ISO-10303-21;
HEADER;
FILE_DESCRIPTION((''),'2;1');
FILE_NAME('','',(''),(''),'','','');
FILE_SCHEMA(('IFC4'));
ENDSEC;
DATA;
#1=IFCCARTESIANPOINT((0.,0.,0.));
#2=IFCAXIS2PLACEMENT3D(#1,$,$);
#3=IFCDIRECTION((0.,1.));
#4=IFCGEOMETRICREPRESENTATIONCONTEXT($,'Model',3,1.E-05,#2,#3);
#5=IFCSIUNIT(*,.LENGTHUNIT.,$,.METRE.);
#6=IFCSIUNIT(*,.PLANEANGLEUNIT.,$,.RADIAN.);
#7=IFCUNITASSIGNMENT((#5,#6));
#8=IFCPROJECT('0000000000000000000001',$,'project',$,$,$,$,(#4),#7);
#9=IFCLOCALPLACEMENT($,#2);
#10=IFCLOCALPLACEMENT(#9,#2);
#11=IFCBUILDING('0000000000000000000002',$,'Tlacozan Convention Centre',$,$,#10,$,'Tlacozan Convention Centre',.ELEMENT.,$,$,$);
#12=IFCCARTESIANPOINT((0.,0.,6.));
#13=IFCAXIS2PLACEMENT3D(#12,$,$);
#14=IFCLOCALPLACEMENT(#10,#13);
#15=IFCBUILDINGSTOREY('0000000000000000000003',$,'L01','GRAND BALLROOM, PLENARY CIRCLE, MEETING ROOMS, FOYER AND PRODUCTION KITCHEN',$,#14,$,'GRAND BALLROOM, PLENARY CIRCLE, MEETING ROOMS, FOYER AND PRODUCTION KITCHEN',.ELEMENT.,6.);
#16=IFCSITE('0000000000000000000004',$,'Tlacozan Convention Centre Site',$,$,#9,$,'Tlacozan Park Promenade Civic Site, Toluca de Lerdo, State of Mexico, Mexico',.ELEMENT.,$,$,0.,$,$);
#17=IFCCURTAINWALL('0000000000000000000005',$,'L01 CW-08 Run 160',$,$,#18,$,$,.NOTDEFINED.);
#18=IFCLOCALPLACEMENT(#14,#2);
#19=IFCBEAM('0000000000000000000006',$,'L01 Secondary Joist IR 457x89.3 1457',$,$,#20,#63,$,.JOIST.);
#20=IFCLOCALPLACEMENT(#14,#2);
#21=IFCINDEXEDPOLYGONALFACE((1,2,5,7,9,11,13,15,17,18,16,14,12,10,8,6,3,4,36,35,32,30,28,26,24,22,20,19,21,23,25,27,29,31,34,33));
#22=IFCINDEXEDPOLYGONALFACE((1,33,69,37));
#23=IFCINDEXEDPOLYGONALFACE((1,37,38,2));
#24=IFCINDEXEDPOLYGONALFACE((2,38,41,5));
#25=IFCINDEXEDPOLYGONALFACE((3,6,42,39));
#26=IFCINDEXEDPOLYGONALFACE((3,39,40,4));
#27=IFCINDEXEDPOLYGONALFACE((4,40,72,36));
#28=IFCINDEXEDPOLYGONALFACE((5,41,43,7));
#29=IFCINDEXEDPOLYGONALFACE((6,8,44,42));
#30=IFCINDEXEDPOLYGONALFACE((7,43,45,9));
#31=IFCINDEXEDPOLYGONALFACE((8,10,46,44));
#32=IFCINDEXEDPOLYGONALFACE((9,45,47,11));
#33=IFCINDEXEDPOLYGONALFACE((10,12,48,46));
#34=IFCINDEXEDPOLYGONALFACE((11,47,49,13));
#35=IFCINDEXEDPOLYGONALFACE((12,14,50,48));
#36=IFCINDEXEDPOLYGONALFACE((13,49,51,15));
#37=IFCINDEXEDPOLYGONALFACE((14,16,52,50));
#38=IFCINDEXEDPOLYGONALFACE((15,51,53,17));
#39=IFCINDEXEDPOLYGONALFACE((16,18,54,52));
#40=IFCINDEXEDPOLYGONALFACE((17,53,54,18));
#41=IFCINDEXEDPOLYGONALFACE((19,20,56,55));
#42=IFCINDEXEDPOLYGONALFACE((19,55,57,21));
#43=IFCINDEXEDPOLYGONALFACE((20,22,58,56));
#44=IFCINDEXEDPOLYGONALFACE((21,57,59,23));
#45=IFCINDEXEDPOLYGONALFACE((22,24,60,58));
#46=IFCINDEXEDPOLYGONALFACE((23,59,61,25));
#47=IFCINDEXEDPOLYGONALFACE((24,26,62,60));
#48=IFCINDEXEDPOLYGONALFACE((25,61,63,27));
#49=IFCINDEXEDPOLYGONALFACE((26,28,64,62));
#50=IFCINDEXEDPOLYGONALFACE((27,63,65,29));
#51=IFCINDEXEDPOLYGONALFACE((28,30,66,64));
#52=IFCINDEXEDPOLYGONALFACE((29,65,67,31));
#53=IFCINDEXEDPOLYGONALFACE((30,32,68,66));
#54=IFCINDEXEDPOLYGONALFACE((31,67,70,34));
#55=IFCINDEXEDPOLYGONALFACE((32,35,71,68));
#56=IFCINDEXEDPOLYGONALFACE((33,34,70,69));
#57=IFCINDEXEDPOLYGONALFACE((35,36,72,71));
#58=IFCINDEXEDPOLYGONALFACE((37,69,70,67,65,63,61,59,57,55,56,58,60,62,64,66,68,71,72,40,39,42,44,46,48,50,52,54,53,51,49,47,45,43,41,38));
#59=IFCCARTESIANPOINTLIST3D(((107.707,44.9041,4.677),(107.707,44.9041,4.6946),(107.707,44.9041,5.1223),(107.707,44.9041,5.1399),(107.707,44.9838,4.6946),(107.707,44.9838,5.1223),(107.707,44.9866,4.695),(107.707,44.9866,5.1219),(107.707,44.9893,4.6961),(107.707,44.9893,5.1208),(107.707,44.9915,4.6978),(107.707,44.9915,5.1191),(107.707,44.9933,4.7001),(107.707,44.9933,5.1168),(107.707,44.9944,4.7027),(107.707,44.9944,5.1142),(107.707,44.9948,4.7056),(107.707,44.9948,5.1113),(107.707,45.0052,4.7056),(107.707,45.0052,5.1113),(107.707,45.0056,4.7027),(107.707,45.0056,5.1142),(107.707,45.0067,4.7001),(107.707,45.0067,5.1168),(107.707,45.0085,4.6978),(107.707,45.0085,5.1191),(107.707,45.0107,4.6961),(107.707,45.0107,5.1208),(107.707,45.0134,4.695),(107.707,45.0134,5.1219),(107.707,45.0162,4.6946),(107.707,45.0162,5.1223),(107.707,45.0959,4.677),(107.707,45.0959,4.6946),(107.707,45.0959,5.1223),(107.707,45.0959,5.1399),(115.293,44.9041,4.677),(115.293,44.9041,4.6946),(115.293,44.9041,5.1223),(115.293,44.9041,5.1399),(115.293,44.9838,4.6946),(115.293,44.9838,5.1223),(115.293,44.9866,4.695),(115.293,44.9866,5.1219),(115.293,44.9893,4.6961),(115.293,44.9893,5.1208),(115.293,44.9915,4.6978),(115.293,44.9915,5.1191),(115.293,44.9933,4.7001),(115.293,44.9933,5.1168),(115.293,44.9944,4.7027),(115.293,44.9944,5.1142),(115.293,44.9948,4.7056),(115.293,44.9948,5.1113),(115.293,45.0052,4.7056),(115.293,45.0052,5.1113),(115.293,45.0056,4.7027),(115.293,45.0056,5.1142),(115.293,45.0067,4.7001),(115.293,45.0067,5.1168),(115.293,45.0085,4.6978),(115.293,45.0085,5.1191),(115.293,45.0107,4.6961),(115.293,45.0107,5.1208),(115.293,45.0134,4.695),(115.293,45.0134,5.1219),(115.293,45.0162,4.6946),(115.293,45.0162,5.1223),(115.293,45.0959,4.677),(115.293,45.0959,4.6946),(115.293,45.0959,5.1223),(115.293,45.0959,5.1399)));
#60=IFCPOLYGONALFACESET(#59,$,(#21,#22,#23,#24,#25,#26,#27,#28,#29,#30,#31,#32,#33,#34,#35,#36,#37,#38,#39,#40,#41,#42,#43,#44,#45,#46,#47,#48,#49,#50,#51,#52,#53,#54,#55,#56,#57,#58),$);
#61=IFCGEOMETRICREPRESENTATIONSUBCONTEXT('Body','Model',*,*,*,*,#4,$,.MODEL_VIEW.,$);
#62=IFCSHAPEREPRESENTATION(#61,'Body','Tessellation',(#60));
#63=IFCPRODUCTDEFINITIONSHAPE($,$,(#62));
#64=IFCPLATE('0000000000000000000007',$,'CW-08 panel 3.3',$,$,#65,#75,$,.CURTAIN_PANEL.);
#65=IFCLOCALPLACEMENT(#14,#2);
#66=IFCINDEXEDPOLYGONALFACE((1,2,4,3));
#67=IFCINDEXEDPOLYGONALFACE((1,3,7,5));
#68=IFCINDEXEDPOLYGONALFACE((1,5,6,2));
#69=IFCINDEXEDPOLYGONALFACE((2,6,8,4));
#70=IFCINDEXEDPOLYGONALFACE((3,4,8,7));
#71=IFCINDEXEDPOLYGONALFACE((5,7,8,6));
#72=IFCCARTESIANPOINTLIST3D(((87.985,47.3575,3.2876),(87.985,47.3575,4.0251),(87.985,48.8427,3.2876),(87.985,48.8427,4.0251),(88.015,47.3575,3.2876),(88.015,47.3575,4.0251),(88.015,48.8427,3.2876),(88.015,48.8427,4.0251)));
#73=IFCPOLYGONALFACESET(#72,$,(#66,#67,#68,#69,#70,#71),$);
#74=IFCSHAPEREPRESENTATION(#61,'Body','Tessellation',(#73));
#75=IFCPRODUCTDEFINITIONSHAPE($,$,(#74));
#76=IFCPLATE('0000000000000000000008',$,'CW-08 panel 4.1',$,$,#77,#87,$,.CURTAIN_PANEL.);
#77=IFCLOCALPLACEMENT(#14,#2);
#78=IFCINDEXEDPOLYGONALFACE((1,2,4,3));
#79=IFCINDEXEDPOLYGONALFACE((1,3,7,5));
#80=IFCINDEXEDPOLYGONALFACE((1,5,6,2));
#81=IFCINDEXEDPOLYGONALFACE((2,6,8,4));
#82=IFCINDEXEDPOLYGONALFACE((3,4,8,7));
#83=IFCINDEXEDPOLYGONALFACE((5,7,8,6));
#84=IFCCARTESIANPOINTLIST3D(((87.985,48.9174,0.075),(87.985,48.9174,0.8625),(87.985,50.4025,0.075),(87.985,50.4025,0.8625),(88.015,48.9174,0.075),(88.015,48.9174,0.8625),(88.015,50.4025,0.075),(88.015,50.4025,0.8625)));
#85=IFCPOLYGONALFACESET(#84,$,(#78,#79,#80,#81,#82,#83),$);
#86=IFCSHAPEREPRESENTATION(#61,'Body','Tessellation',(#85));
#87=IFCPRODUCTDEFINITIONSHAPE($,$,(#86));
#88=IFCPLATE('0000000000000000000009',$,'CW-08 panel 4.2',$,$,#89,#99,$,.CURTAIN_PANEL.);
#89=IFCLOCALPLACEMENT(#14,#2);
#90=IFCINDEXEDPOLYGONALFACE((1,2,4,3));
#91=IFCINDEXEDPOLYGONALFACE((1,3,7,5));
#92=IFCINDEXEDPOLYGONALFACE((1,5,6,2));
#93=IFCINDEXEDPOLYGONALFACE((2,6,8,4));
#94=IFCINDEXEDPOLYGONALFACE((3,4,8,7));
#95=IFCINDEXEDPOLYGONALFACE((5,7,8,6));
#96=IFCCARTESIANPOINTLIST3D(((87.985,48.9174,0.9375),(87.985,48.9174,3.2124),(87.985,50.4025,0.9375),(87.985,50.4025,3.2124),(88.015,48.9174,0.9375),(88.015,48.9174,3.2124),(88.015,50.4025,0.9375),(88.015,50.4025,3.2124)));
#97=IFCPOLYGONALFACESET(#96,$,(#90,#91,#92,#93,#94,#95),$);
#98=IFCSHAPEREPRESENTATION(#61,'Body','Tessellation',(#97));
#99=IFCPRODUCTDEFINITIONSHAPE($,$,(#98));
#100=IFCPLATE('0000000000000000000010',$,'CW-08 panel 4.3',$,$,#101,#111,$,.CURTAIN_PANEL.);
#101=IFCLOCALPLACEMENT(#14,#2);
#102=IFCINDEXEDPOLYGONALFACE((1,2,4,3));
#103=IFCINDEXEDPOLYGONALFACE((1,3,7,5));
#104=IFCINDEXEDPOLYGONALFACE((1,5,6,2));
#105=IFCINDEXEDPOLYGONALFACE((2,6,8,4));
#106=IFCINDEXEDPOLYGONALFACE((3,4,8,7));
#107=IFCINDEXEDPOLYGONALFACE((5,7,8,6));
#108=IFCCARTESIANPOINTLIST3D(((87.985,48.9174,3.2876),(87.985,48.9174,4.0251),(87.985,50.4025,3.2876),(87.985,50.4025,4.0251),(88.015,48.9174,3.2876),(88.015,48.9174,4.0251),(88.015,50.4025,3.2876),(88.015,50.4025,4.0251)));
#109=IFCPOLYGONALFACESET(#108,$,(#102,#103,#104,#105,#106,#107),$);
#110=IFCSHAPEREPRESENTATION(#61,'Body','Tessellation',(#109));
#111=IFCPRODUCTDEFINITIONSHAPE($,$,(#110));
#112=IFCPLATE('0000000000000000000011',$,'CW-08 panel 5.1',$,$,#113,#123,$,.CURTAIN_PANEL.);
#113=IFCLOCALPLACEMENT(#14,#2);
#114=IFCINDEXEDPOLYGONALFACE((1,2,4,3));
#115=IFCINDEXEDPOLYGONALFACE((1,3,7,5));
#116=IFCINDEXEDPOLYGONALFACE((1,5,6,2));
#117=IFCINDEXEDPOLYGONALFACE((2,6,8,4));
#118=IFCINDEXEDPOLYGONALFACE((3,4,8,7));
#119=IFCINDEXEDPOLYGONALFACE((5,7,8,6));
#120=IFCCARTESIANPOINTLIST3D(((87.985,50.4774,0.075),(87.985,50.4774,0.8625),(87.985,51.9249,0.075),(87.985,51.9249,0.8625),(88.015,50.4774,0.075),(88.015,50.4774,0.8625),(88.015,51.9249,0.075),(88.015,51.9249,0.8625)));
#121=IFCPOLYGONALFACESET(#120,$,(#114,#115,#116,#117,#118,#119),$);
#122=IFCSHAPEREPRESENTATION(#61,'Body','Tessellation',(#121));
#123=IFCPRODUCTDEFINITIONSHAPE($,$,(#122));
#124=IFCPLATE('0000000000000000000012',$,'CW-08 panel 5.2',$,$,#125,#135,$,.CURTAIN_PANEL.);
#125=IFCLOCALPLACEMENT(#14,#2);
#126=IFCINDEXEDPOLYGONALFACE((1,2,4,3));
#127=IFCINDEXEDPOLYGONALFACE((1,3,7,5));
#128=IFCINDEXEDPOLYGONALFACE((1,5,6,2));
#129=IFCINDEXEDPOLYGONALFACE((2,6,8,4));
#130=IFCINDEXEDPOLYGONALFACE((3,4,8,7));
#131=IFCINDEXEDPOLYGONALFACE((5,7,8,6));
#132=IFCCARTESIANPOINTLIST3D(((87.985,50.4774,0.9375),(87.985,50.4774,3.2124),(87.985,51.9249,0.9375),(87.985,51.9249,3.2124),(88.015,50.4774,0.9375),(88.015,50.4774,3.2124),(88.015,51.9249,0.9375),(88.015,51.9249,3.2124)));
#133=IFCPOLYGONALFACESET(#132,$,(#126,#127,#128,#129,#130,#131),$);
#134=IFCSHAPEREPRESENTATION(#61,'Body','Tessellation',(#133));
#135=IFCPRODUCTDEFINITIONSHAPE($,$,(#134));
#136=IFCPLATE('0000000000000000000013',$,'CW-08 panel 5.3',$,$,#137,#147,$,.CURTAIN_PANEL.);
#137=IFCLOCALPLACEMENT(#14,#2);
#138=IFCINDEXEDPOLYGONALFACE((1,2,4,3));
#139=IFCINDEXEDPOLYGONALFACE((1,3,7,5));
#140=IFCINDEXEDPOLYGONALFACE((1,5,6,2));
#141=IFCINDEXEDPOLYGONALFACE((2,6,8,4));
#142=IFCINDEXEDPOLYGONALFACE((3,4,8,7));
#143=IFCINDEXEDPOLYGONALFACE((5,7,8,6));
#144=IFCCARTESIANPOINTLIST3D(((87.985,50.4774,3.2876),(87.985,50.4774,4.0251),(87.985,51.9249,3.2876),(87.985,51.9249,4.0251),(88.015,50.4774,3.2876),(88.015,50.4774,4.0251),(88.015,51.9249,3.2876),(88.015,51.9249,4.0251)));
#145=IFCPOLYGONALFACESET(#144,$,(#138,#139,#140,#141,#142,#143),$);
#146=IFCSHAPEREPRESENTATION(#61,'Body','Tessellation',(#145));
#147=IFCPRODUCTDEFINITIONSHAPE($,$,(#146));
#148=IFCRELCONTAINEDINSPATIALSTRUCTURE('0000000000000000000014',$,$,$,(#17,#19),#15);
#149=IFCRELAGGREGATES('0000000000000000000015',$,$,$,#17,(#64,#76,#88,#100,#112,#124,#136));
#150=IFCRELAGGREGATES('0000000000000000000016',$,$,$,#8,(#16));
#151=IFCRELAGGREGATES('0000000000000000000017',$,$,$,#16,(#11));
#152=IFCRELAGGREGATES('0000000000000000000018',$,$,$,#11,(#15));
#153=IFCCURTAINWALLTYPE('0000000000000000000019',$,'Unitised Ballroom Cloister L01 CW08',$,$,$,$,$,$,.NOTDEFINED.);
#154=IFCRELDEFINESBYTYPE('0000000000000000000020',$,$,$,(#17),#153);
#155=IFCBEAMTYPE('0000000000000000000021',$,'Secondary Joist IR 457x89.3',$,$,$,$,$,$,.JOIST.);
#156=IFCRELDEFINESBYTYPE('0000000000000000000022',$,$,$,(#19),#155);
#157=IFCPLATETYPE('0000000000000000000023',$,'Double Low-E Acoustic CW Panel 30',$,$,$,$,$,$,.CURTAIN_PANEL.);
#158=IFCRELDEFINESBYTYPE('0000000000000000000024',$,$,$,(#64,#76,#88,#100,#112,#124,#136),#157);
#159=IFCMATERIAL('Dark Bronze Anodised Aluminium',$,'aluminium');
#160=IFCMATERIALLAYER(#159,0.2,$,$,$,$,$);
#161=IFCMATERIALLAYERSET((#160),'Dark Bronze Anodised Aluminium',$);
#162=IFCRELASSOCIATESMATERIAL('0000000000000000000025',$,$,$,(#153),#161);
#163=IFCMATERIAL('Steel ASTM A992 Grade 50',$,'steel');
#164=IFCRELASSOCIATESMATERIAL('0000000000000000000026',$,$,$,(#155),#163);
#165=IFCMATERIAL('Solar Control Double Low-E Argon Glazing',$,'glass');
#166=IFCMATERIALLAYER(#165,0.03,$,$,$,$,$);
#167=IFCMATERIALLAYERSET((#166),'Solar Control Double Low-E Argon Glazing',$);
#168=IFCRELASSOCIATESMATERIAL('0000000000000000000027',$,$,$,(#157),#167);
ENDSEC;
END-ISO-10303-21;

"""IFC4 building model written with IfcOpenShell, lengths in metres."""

from ifc_helpers import new_model, si_unit, direction, frame, origin, origin_2d, place, context, subcontext, project, spatial, rectangle, i_section, extrude, material, layer, layer_set, material_profile, profile_set, type_object, element, aggregate, save


model = new_model("IFC4")

# Units and contexts
model_context = context("Model", 3, precision=1e-05, world=origin(), true_north=direction((0.0, 1.0)))
body_context = subcontext(model_context, "Body", "Model", "MODEL_VIEW")
ifc_project = project(units=[si_unit("LENGTHUNIT", "METRE"), si_unit("PLANEANGLEUNIT", "RADIAN")], contexts=[model_context])

# Site, building, storey
site_placement = place(None, origin())
site = spatial("IfcSite", under=ifc_project, at=site_placement, Name="Tlacozan Convention Centre Site", LongName="Tlacozan Park Promenade Civic Site, Toluca de Lerdo, State of Mexico, Mexico", CompositionType="ELEMENT", RefElevation=0.0)
building_placement = place(site_placement, origin())
building = spatial("IfcBuilding", under=site, at=building_placement, Name="Tlacozan Convention Centre", LongName="Tlacozan Convention Centre", CompositionType="ELEMENT")
storey_placement = place(building_placement, frame((0.0, 0.0, 6.0)))
storey = spatial("IfcBuildingStorey", under=building, at=storey_placement, Name="L01", Description="GRAND BALLROOM, PLENARY CIRCLE, MEETING ROOMS, FOYER AND PRODUCTION KITCHEN", LongName="GRAND BALLROOM, PLENARY CIRCLE, MEETING ROOMS, FOYER AND PRODUCTION KITCHEN", CompositionType="ELEMENT", Elevation=6.0)

# Curtain wall
ifc_material_1 = material(Name="Dark Bronze Anodised Aluminium", Category="aluminium")
ifc_layer_1 = layer(ifc_material_1, 0.2)
ifc_layer_set_1 = layer_set([ifc_layer_1], Name="Dark Bronze Anodised Aluminium")
curtain_wall_type = type_object("IfcCurtainWallType", Name="Unitised Ballroom Cloister L01 CW08", PredefinedType="NOTDEFINED", material=ifc_layer_set_1)
curtain_wall_placement = place(storey_placement, origin())
curtain_wall = element("IfcCurtainWall", 1, at=curtain_wall_placement, inside=storey, type_object=curtain_wall_type, Name="L01 CW-08 Run 160", PredefinedType="NOTDEFINED")

# Beam
ifc_material_2 = material(Name="Steel ASTM A992 Grade 50", Category="steel")
ifc_material_profile_1 = material_profile(ifc_material_2, i_section(OverallWidth=0.1919, OverallDepth=0.4629, WebThickness=0.0105, FlangeThickness=0.0176, FilletRadius=0.011, at=origin_2d()), Name="IR 457x89.3")
ifc_profile_set_1 = profile_set([ifc_material_profile_1], Name="Steel ASTM A992 Grade 50")
beam_type = type_object("IfcBeamType", Name="Secondary Joist IR 457x89.3", PredefinedType="JOIST", material=ifc_profile_set_1)
for number, where, z_axis, x_axis, name in (
    (2, (107.707, 45.0, 4.9084), (1.0, 0.0, 0.0), (0.0, 1.0, 0.0), "L01 Secondary Joist IR 457x89.3 1457"),
):
    element("IfcBeam", number, at=place(storey_placement, frame(where, z_axis=z_axis, x_axis=x_axis)), inside=storey, type_object=beam_type, Name=name, PredefinedType="JOIST", context=body_context, shape_type="SweptSolid", body=[
        extrude(i_section(OverallWidth=0.1919, OverallDepth=0.4629, WebThickness=0.0105, FlangeThickness=0.0176, FilletRadius=0.011, at=origin_2d()), origin(), (0.0, 0.0, 1.0), 7.5859),
    ])

# Plates
ifc_material_3 = material(Name="Solar Control Double Low-E Argon Glazing", Category="glass")
ifc_layer_2 = layer(ifc_material_3, 0.03)
ifc_layer_set_2 = layer_set([ifc_layer_2], Name="Solar Control Double Low-E Argon Glazing")
plate_type = type_object("IfcPlateType", Name="Double Low-E Acoustic CW Panel 30", PredefinedType="CURTAIN_PANEL", material=ifc_layer_set_2)
plate_1_placement = place(storey_placement, frame((88.0, 48.1001, 3.2876), z_axis=(0.0, 0.0, 1.0), x_axis=(0.0, 1.0, 0.0)))
plate_1 = element("IfcPlate", 3, at=plate_1_placement, type_object=plate_type, Name="CW-08 panel 3.3", PredefinedType="CURTAIN_PANEL", context=body_context, shape_type="SweptSolid", body=[
    extrude(rectangle(XDim=1.4851, YDim=0.03, at=origin_2d()), origin(), (0.0, 0.0, 1.0), 0.7375),
])
plate_2_placement = place(storey_placement, frame((88.0, 49.6599, 0.075), z_axis=(0.0, 0.0, 1.0), x_axis=(0.0, 1.0, 0.0)))
plate_2 = element("IfcPlate", 4, at=plate_2_placement, type_object=plate_type, Name="CW-08 panel 4.1", PredefinedType="CURTAIN_PANEL", context=body_context, shape_type="SweptSolid", body=[
    extrude(rectangle(XDim=1.4851, YDim=0.03, at=origin_2d()), origin(), (0.0, 0.0, 1.0), 0.7876),
])
plate_3_placement = place(storey_placement, frame((88.0, 49.6599, 0.9375), z_axis=(0.0, 0.0, 1.0), x_axis=(0.0, 1.0, 0.0)))
plate_3 = element("IfcPlate", 5, at=plate_3_placement, type_object=plate_type, Name="CW-08 panel 4.2", PredefinedType="CURTAIN_PANEL", context=body_context, shape_type="SweptSolid", body=[
    extrude(rectangle(XDim=1.4851, YDim=0.03, at=origin_2d()), origin(), (0.0, 0.0, 1.0), 2.2749),
])
plate_4_placement = place(storey_placement, frame((88.0, 49.6599, 3.2876), z_axis=(0.0, 0.0, 1.0), x_axis=(0.0, 1.0, 0.0)))
plate_4 = element("IfcPlate", 6, at=plate_4_placement, type_object=plate_type, Name="CW-08 panel 4.3", PredefinedType="CURTAIN_PANEL", context=body_context, shape_type="SweptSolid", body=[
    extrude(rectangle(XDim=1.4851, YDim=0.03, at=origin_2d()), origin(), (0.0, 0.0, 1.0), 0.7375),
])
plate_5_placement = place(storey_placement, frame((88.0, 51.2012, 0.075), z_axis=(0.0, 0.0, 1.0), x_axis=(0.0, 1.0, 0.0)))
plate_5 = element("IfcPlate", 7, at=plate_5_placement, type_object=plate_type, Name="CW-08 panel 5.1", PredefinedType="CURTAIN_PANEL", context=body_context, shape_type="SweptSolid", body=[
    extrude(rectangle(XDim=1.4475, YDim=0.03, at=origin_2d()), origin(), (0.0, 0.0, 1.0), 0.7876),
])
plate_6_placement = place(storey_placement, frame((88.0, 51.2012, 0.9375), z_axis=(0.0, 0.0, 1.0), x_axis=(0.0, 1.0, 0.0)))
plate_6 = element("IfcPlate", 8, at=plate_6_placement, type_object=plate_type, Name="CW-08 panel 5.2", PredefinedType="CURTAIN_PANEL", context=body_context, shape_type="SweptSolid", body=[
    extrude(rectangle(XDim=1.4475, YDim=0.03, at=origin_2d()), origin(), (0.0, 0.0, 1.0), 2.2749),
])
plate_7_placement = place(storey_placement, frame((88.0, 51.2012, 3.2876), z_axis=(0.0, 0.0, 1.0), x_axis=(0.0, 1.0, 0.0)))
plate_7 = element("IfcPlate", 9, at=plate_7_placement, type_object=plate_type, Name="CW-08 panel 5.3", PredefinedType="CURTAIN_PANEL", context=body_context, shape_type="SweptSolid", body=[
    extrude(rectangle(XDim=1.4475, YDim=0.03, at=origin_2d()), origin(), (0.0, 0.0, 1.0), 0.7375),
])
aggregate(curtain_wall, [plate_1, plate_2, plate_3, plate_4, plate_5, plate_6, plate_7])

save(model, "model.ifc")
